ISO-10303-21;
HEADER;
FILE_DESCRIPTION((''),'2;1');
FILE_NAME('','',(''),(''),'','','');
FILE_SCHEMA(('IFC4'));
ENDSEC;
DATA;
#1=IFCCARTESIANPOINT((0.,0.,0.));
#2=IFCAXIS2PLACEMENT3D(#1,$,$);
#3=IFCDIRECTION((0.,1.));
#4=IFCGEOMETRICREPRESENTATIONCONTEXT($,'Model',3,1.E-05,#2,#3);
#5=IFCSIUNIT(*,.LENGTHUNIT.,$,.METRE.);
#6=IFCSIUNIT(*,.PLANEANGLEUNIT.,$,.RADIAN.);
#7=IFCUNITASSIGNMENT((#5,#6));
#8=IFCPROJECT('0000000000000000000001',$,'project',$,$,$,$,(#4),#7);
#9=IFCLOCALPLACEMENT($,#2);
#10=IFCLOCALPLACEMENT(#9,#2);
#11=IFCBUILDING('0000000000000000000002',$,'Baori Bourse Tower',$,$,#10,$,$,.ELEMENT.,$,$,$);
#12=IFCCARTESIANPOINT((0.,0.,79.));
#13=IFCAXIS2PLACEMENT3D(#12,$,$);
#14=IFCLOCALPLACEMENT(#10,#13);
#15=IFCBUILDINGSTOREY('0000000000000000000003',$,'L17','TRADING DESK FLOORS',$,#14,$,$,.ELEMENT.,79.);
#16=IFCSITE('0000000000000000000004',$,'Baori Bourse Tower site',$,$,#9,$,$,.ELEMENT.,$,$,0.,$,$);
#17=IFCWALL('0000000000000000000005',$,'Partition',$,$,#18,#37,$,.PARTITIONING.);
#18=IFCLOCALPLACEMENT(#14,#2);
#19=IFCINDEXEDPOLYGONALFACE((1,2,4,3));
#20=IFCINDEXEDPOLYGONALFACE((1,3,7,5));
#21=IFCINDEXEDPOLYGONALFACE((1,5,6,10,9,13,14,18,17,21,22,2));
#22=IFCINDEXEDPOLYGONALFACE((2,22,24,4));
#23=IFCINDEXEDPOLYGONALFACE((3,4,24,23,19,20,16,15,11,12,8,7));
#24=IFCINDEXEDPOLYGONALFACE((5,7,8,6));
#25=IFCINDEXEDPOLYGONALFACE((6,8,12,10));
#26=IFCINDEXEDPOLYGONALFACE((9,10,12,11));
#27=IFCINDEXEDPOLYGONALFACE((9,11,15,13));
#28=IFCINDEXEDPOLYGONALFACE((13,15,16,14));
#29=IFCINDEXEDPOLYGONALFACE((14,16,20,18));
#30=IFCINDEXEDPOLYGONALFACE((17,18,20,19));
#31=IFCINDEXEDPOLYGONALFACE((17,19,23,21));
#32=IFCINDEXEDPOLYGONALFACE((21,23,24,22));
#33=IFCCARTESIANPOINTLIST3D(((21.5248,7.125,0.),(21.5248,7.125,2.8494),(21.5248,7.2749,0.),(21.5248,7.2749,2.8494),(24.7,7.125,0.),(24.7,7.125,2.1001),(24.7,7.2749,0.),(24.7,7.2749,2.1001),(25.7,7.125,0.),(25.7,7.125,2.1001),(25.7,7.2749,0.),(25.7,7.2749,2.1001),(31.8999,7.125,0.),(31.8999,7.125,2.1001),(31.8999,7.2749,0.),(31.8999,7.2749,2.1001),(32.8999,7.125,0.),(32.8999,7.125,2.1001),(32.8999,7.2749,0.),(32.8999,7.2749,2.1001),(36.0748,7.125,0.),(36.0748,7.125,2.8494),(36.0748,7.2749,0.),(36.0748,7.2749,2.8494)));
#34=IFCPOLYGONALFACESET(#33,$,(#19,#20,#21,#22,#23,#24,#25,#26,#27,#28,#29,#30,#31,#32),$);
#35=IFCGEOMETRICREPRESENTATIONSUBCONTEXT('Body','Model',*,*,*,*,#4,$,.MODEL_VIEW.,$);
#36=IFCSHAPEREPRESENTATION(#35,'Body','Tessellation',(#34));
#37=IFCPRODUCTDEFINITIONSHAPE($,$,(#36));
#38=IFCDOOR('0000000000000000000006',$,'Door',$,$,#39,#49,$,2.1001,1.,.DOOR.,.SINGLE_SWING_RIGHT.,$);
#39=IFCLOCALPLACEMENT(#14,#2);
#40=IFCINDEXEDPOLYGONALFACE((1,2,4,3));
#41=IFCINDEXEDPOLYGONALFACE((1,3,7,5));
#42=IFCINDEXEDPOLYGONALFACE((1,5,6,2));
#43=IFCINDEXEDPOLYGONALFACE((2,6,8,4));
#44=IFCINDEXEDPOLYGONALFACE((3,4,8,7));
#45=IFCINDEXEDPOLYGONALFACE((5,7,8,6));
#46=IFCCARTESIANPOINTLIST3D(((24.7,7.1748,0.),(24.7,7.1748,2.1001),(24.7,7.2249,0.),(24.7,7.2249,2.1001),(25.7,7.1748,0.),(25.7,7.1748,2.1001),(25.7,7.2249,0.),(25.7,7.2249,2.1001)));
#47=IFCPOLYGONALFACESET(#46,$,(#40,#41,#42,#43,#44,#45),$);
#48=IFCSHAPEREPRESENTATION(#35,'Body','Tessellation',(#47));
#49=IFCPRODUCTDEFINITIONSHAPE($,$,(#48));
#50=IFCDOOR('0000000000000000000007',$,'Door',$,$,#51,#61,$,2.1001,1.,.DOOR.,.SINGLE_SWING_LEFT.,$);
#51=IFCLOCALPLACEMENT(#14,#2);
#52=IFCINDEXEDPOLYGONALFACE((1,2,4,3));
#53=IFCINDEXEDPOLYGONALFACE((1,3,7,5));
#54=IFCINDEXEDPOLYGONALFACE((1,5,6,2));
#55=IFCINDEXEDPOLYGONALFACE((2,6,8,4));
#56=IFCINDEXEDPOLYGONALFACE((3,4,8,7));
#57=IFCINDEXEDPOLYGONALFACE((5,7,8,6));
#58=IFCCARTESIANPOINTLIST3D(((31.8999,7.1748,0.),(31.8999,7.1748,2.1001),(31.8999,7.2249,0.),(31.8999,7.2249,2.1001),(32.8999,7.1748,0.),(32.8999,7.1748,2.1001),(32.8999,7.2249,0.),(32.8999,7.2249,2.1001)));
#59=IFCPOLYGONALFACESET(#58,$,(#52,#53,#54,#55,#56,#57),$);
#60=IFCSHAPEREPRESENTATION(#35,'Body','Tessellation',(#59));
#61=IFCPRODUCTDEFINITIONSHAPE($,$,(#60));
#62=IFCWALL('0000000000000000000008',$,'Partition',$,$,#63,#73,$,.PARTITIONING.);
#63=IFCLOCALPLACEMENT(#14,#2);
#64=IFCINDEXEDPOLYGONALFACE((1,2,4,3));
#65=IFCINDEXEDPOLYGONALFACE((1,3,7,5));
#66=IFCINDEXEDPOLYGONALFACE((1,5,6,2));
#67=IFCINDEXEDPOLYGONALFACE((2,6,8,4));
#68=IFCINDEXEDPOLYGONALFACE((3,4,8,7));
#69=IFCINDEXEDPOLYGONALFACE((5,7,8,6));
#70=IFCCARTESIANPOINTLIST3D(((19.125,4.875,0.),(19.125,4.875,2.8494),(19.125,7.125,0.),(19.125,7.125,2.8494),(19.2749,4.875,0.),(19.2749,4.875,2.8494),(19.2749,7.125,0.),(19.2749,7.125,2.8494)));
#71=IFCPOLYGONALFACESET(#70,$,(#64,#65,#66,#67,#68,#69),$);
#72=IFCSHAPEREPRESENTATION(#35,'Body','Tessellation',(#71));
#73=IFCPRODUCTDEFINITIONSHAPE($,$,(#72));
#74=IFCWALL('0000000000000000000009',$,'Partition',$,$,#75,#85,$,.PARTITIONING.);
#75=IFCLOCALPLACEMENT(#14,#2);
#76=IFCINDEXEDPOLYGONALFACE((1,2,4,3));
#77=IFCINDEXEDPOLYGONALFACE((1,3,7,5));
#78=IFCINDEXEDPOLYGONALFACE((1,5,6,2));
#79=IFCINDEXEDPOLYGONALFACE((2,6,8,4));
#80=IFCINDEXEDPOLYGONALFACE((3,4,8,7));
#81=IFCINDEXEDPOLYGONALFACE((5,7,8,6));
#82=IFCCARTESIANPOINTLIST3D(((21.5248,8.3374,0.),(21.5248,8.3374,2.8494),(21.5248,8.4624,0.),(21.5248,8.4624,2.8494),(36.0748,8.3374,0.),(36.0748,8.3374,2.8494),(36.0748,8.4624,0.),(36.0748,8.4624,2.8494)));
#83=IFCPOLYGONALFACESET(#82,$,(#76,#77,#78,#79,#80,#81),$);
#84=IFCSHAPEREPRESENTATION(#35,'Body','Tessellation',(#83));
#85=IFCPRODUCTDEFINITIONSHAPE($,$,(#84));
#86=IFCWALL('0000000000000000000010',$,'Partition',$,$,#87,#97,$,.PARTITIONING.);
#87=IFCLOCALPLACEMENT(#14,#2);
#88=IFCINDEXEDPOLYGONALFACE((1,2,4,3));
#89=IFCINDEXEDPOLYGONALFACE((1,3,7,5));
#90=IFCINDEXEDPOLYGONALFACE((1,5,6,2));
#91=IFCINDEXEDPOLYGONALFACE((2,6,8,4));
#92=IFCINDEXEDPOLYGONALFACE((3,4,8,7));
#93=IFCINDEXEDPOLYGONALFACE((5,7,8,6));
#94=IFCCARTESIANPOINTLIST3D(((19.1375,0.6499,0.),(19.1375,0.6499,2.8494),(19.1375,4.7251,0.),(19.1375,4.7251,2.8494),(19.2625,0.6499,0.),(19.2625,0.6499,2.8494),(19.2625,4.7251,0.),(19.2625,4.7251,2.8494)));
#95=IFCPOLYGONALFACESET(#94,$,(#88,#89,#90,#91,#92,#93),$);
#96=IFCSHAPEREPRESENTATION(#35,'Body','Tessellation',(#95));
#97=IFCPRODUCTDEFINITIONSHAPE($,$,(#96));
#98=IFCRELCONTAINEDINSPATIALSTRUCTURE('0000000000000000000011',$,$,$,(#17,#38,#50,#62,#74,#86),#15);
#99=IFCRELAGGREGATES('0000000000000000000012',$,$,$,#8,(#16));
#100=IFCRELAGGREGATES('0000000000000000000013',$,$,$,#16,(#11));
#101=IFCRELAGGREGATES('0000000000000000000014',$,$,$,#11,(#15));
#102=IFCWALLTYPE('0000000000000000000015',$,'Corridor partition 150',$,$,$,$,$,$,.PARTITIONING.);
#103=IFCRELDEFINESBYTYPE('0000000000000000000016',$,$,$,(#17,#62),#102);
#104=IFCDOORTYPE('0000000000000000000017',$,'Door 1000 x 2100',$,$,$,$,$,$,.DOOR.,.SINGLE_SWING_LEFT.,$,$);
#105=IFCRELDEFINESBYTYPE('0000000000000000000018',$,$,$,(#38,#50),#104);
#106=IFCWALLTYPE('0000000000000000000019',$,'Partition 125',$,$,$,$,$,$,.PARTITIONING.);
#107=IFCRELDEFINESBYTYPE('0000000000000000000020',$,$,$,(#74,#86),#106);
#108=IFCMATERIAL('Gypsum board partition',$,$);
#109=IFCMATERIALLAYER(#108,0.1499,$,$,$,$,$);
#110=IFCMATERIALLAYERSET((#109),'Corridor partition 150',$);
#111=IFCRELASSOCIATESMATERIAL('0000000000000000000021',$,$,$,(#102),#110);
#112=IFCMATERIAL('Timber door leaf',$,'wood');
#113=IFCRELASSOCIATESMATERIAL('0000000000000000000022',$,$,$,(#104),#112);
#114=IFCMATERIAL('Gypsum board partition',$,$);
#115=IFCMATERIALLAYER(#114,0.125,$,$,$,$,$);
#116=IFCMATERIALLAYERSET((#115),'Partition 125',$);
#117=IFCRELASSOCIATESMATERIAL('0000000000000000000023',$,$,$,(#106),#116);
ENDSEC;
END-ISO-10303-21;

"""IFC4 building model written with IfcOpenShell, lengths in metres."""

from ifc_helpers import new_model, si_unit, direction, frame, frame_2d, origin, place, context, subcontext, project, spatial, rectangle, extrude, material, layer, layer_set, type_object, element, fill, save


model = new_model("IFC4")

# Units and contexts
model_context = context("Model", 3, precision=1e-05, world=origin(), true_north=direction((0.0, 1.0)))
body_context = subcontext(model_context, "Body", "Model", "MODEL_VIEW")
ifc_project = project(units=[si_unit("LENGTHUNIT", "METRE"), si_unit("PLANEANGLEUNIT", "RADIAN")], contexts=[model_context])

# Site, building, storey
site_placement = place(None, origin())
site = spatial("IfcSite", under=ifc_project, at=site_placement, Name="Baori Bourse Tower site", CompositionType="ELEMENT", RefElevation=0.0)
building_placement = place(site_placement, origin())
building = spatial("IfcBuilding", under=site, at=building_placement, Name="Baori Bourse Tower", CompositionType="ELEMENT")
storey_placement = place(building_placement, frame((0.0, 0.0, 79.0)))
storey = spatial("IfcBuildingStorey", under=building, at=storey_placement, Name="L17", Description="TRADING DESK FLOORS", CompositionType="ELEMENT", Elevation=79.0)

# Shared definitions
ifc_material_1 = material(Name="Gypsum board partition")
ifc_layer_1 = layer(ifc_material_1, 0.1499)
ifc_layer_set_1 = layer_set([ifc_layer_1], Name="Corridor partition 150")
wall_type_1 = type_object("IfcWallType", Name="Corridor partition 150", PredefinedType="PARTITIONING", material=ifc_layer_set_1)
ifc_material_2 = material(Name="Timber door leaf", Category="wood")
door_type_1 = type_object("IfcDoorType", Name="Door 1000 x 2100", OperationType="SINGLE_SWING_LEFT", PredefinedType="DOOR", material=ifc_material_2)

# Wall, openings, doors
wall_1_placement = place(storey_placement, frame((21.5249, 7.2, 0.0), z_axis=(0.0, 0.0, 1.0), x_axis=(1.0, 0.0, 0.0)))
wall_1 = element("IfcWall", 1, at=wall_1_placement, inside=storey, type_object=wall_type_1, Name="Partition", PredefinedType="PARTITIONING", context=body_context, shape_type="SweptSolid", body=[
    extrude(rectangle(XDim=14.55, YDim=0.1499, at=frame_2d((7.2749, 0.0))), origin(), (0.0, 0.0, 1.0), 2.8494),
])
opening_1_placement = place(wall_1_placement, frame((3.175, 0.0, 0.0)))
opening_1 = element("IfcOpeningElement", 2, at=opening_1_placement, cuts=wall_1, PredefinedType="OPENING", context=body_context, shape_type="SweptSolid", body=[
    extrude(rectangle(XDim=1.0, YDim=2.1001, at=frame_2d((0.5, 1.05))), frame((0.0, 0.085, 0.0), z_axis=(0.0, -1.0, 0.0), x_axis=(1.0, 0.0, 0.0)), (0.0, 0.0, 1.0), 0.1699),
])
opening_2_placement = place(wall_1_placement, frame((10.375, 0.0, 0.0)))
opening_2 = element("IfcOpeningElement", 3, at=opening_2_placement, cuts=wall_1, PredefinedType="OPENING", context=body_context, shape_type="SweptSolid", body=[
    extrude(rectangle(XDim=1.0, YDim=2.1001, at=frame_2d((0.5, 1.05))), frame((0.0, 0.085, 0.0), z_axis=(0.0, -1.0, 0.0), x_axis=(1.0, 0.0, 0.0)), (0.0, 0.0, 1.0), 0.1699),
])
door_1_placement = place(opening_1_placement, origin())
door_1 = element("IfcDoor", 4, at=door_1_placement, inside=storey, type_object=door_type_1, Name="Door", OperationType="SINGLE_SWING_RIGHT", OverallHeight=2.1001, OverallWidth=1.0, PredefinedType="DOOR", context=body_context, shape_type="SweptSolid", body=[
    extrude(rectangle(XDim=1.0, YDim=2.1001, at=frame_2d((0.5, 1.05))), frame((0.0, 0.0249, 0.0), z_axis=(0.0, -1.0, 0.0), x_axis=(1.0, 0.0, 0.0)), (0.0, 0.0, 1.0), 0.05),
])
fill(opening_1, door_1)
door_2_placement = place(opening_2_placement, origin())
door_2 = element("IfcDoor", 5, at=door_2_placement, inside=storey, type_object=door_type_1, Name="Door", OperationType="SINGLE_SWING_LEFT", OverallHeight=2.1001, OverallWidth=1.0, PredefinedType="DOOR", context=body_context, shape_type="SweptSolid", body=[
    extrude(rectangle(XDim=1.0, YDim=2.1001, at=frame_2d((0.5, 1.05))), frame((0.0, 0.0249, 0.0), z_axis=(0.0, -1.0, 0.0), x_axis=(1.0, 0.0, 0.0)), (0.0, 0.0, 1.0), 0.05),
])
fill(opening_2, door_2)

# Walls
wall_2_placement = place(storey_placement, frame((19.2, 4.875, 0.0), z_axis=(0.0, 0.0, 1.0), x_axis=(0.0, 1.0, 0.0)))
element("IfcWall", 6, at=wall_2_placement, inside=storey, type_object=wall_type_1, Name="Partition", PredefinedType="PARTITIONING", context=body_context, shape_type="SweptSolid", body=[
    extrude(rectangle(XDim=2.25, YDim=0.1499, at=frame_2d((1.125, 0.0))), origin(), (0.0, 0.0, 1.0), 2.8494),
])
ifc_material_3 = material(Name="Gypsum board partition")
ifc_layer_2 = layer(ifc_material_3, 0.125)
ifc_layer_set_2 = layer_set([ifc_layer_2], Name="Partition 125")
wall_type_2 = type_object("IfcWallType", Name="Partition 125", PredefinedType="PARTITIONING", material=ifc_layer_set_2)
wall_3_placement = place(storey_placement, frame((21.5249, 8.3999, 0.0), z_axis=(0.0, 0.0, 1.0), x_axis=(1.0, 0.0, 0.0)))
element("IfcWall", 7, at=wall_3_placement, inside=storey, type_object=wall_type_2, Name="Partition", PredefinedType="PARTITIONING", context=body_context, shape_type="SweptSolid", body=[
    extrude(rectangle(XDim=14.55, YDim=0.125, at=frame_2d((7.2749, 0.0))), origin(), (0.0, 0.0, 1.0), 2.8494),
])
wall_4_placement = place(storey_placement, frame((19.2, 0.6499, 0.0), z_axis=(0.0, 0.0, 1.0), x_axis=(0.0, 1.0, 0.0)))
element("IfcWall", 8, at=wall_4_placement, inside=storey, type_object=wall_type_2, Name="Partition", PredefinedType="PARTITIONING", context=body_context, shape_type="SweptSolid", body=[
    extrude(rectangle(XDim=4.0752, YDim=0.125, at=frame_2d((2.0376, 0.0))), origin(), (0.0, 0.0, 1.0), 2.8494),
])

save(model, "model.ifc")
